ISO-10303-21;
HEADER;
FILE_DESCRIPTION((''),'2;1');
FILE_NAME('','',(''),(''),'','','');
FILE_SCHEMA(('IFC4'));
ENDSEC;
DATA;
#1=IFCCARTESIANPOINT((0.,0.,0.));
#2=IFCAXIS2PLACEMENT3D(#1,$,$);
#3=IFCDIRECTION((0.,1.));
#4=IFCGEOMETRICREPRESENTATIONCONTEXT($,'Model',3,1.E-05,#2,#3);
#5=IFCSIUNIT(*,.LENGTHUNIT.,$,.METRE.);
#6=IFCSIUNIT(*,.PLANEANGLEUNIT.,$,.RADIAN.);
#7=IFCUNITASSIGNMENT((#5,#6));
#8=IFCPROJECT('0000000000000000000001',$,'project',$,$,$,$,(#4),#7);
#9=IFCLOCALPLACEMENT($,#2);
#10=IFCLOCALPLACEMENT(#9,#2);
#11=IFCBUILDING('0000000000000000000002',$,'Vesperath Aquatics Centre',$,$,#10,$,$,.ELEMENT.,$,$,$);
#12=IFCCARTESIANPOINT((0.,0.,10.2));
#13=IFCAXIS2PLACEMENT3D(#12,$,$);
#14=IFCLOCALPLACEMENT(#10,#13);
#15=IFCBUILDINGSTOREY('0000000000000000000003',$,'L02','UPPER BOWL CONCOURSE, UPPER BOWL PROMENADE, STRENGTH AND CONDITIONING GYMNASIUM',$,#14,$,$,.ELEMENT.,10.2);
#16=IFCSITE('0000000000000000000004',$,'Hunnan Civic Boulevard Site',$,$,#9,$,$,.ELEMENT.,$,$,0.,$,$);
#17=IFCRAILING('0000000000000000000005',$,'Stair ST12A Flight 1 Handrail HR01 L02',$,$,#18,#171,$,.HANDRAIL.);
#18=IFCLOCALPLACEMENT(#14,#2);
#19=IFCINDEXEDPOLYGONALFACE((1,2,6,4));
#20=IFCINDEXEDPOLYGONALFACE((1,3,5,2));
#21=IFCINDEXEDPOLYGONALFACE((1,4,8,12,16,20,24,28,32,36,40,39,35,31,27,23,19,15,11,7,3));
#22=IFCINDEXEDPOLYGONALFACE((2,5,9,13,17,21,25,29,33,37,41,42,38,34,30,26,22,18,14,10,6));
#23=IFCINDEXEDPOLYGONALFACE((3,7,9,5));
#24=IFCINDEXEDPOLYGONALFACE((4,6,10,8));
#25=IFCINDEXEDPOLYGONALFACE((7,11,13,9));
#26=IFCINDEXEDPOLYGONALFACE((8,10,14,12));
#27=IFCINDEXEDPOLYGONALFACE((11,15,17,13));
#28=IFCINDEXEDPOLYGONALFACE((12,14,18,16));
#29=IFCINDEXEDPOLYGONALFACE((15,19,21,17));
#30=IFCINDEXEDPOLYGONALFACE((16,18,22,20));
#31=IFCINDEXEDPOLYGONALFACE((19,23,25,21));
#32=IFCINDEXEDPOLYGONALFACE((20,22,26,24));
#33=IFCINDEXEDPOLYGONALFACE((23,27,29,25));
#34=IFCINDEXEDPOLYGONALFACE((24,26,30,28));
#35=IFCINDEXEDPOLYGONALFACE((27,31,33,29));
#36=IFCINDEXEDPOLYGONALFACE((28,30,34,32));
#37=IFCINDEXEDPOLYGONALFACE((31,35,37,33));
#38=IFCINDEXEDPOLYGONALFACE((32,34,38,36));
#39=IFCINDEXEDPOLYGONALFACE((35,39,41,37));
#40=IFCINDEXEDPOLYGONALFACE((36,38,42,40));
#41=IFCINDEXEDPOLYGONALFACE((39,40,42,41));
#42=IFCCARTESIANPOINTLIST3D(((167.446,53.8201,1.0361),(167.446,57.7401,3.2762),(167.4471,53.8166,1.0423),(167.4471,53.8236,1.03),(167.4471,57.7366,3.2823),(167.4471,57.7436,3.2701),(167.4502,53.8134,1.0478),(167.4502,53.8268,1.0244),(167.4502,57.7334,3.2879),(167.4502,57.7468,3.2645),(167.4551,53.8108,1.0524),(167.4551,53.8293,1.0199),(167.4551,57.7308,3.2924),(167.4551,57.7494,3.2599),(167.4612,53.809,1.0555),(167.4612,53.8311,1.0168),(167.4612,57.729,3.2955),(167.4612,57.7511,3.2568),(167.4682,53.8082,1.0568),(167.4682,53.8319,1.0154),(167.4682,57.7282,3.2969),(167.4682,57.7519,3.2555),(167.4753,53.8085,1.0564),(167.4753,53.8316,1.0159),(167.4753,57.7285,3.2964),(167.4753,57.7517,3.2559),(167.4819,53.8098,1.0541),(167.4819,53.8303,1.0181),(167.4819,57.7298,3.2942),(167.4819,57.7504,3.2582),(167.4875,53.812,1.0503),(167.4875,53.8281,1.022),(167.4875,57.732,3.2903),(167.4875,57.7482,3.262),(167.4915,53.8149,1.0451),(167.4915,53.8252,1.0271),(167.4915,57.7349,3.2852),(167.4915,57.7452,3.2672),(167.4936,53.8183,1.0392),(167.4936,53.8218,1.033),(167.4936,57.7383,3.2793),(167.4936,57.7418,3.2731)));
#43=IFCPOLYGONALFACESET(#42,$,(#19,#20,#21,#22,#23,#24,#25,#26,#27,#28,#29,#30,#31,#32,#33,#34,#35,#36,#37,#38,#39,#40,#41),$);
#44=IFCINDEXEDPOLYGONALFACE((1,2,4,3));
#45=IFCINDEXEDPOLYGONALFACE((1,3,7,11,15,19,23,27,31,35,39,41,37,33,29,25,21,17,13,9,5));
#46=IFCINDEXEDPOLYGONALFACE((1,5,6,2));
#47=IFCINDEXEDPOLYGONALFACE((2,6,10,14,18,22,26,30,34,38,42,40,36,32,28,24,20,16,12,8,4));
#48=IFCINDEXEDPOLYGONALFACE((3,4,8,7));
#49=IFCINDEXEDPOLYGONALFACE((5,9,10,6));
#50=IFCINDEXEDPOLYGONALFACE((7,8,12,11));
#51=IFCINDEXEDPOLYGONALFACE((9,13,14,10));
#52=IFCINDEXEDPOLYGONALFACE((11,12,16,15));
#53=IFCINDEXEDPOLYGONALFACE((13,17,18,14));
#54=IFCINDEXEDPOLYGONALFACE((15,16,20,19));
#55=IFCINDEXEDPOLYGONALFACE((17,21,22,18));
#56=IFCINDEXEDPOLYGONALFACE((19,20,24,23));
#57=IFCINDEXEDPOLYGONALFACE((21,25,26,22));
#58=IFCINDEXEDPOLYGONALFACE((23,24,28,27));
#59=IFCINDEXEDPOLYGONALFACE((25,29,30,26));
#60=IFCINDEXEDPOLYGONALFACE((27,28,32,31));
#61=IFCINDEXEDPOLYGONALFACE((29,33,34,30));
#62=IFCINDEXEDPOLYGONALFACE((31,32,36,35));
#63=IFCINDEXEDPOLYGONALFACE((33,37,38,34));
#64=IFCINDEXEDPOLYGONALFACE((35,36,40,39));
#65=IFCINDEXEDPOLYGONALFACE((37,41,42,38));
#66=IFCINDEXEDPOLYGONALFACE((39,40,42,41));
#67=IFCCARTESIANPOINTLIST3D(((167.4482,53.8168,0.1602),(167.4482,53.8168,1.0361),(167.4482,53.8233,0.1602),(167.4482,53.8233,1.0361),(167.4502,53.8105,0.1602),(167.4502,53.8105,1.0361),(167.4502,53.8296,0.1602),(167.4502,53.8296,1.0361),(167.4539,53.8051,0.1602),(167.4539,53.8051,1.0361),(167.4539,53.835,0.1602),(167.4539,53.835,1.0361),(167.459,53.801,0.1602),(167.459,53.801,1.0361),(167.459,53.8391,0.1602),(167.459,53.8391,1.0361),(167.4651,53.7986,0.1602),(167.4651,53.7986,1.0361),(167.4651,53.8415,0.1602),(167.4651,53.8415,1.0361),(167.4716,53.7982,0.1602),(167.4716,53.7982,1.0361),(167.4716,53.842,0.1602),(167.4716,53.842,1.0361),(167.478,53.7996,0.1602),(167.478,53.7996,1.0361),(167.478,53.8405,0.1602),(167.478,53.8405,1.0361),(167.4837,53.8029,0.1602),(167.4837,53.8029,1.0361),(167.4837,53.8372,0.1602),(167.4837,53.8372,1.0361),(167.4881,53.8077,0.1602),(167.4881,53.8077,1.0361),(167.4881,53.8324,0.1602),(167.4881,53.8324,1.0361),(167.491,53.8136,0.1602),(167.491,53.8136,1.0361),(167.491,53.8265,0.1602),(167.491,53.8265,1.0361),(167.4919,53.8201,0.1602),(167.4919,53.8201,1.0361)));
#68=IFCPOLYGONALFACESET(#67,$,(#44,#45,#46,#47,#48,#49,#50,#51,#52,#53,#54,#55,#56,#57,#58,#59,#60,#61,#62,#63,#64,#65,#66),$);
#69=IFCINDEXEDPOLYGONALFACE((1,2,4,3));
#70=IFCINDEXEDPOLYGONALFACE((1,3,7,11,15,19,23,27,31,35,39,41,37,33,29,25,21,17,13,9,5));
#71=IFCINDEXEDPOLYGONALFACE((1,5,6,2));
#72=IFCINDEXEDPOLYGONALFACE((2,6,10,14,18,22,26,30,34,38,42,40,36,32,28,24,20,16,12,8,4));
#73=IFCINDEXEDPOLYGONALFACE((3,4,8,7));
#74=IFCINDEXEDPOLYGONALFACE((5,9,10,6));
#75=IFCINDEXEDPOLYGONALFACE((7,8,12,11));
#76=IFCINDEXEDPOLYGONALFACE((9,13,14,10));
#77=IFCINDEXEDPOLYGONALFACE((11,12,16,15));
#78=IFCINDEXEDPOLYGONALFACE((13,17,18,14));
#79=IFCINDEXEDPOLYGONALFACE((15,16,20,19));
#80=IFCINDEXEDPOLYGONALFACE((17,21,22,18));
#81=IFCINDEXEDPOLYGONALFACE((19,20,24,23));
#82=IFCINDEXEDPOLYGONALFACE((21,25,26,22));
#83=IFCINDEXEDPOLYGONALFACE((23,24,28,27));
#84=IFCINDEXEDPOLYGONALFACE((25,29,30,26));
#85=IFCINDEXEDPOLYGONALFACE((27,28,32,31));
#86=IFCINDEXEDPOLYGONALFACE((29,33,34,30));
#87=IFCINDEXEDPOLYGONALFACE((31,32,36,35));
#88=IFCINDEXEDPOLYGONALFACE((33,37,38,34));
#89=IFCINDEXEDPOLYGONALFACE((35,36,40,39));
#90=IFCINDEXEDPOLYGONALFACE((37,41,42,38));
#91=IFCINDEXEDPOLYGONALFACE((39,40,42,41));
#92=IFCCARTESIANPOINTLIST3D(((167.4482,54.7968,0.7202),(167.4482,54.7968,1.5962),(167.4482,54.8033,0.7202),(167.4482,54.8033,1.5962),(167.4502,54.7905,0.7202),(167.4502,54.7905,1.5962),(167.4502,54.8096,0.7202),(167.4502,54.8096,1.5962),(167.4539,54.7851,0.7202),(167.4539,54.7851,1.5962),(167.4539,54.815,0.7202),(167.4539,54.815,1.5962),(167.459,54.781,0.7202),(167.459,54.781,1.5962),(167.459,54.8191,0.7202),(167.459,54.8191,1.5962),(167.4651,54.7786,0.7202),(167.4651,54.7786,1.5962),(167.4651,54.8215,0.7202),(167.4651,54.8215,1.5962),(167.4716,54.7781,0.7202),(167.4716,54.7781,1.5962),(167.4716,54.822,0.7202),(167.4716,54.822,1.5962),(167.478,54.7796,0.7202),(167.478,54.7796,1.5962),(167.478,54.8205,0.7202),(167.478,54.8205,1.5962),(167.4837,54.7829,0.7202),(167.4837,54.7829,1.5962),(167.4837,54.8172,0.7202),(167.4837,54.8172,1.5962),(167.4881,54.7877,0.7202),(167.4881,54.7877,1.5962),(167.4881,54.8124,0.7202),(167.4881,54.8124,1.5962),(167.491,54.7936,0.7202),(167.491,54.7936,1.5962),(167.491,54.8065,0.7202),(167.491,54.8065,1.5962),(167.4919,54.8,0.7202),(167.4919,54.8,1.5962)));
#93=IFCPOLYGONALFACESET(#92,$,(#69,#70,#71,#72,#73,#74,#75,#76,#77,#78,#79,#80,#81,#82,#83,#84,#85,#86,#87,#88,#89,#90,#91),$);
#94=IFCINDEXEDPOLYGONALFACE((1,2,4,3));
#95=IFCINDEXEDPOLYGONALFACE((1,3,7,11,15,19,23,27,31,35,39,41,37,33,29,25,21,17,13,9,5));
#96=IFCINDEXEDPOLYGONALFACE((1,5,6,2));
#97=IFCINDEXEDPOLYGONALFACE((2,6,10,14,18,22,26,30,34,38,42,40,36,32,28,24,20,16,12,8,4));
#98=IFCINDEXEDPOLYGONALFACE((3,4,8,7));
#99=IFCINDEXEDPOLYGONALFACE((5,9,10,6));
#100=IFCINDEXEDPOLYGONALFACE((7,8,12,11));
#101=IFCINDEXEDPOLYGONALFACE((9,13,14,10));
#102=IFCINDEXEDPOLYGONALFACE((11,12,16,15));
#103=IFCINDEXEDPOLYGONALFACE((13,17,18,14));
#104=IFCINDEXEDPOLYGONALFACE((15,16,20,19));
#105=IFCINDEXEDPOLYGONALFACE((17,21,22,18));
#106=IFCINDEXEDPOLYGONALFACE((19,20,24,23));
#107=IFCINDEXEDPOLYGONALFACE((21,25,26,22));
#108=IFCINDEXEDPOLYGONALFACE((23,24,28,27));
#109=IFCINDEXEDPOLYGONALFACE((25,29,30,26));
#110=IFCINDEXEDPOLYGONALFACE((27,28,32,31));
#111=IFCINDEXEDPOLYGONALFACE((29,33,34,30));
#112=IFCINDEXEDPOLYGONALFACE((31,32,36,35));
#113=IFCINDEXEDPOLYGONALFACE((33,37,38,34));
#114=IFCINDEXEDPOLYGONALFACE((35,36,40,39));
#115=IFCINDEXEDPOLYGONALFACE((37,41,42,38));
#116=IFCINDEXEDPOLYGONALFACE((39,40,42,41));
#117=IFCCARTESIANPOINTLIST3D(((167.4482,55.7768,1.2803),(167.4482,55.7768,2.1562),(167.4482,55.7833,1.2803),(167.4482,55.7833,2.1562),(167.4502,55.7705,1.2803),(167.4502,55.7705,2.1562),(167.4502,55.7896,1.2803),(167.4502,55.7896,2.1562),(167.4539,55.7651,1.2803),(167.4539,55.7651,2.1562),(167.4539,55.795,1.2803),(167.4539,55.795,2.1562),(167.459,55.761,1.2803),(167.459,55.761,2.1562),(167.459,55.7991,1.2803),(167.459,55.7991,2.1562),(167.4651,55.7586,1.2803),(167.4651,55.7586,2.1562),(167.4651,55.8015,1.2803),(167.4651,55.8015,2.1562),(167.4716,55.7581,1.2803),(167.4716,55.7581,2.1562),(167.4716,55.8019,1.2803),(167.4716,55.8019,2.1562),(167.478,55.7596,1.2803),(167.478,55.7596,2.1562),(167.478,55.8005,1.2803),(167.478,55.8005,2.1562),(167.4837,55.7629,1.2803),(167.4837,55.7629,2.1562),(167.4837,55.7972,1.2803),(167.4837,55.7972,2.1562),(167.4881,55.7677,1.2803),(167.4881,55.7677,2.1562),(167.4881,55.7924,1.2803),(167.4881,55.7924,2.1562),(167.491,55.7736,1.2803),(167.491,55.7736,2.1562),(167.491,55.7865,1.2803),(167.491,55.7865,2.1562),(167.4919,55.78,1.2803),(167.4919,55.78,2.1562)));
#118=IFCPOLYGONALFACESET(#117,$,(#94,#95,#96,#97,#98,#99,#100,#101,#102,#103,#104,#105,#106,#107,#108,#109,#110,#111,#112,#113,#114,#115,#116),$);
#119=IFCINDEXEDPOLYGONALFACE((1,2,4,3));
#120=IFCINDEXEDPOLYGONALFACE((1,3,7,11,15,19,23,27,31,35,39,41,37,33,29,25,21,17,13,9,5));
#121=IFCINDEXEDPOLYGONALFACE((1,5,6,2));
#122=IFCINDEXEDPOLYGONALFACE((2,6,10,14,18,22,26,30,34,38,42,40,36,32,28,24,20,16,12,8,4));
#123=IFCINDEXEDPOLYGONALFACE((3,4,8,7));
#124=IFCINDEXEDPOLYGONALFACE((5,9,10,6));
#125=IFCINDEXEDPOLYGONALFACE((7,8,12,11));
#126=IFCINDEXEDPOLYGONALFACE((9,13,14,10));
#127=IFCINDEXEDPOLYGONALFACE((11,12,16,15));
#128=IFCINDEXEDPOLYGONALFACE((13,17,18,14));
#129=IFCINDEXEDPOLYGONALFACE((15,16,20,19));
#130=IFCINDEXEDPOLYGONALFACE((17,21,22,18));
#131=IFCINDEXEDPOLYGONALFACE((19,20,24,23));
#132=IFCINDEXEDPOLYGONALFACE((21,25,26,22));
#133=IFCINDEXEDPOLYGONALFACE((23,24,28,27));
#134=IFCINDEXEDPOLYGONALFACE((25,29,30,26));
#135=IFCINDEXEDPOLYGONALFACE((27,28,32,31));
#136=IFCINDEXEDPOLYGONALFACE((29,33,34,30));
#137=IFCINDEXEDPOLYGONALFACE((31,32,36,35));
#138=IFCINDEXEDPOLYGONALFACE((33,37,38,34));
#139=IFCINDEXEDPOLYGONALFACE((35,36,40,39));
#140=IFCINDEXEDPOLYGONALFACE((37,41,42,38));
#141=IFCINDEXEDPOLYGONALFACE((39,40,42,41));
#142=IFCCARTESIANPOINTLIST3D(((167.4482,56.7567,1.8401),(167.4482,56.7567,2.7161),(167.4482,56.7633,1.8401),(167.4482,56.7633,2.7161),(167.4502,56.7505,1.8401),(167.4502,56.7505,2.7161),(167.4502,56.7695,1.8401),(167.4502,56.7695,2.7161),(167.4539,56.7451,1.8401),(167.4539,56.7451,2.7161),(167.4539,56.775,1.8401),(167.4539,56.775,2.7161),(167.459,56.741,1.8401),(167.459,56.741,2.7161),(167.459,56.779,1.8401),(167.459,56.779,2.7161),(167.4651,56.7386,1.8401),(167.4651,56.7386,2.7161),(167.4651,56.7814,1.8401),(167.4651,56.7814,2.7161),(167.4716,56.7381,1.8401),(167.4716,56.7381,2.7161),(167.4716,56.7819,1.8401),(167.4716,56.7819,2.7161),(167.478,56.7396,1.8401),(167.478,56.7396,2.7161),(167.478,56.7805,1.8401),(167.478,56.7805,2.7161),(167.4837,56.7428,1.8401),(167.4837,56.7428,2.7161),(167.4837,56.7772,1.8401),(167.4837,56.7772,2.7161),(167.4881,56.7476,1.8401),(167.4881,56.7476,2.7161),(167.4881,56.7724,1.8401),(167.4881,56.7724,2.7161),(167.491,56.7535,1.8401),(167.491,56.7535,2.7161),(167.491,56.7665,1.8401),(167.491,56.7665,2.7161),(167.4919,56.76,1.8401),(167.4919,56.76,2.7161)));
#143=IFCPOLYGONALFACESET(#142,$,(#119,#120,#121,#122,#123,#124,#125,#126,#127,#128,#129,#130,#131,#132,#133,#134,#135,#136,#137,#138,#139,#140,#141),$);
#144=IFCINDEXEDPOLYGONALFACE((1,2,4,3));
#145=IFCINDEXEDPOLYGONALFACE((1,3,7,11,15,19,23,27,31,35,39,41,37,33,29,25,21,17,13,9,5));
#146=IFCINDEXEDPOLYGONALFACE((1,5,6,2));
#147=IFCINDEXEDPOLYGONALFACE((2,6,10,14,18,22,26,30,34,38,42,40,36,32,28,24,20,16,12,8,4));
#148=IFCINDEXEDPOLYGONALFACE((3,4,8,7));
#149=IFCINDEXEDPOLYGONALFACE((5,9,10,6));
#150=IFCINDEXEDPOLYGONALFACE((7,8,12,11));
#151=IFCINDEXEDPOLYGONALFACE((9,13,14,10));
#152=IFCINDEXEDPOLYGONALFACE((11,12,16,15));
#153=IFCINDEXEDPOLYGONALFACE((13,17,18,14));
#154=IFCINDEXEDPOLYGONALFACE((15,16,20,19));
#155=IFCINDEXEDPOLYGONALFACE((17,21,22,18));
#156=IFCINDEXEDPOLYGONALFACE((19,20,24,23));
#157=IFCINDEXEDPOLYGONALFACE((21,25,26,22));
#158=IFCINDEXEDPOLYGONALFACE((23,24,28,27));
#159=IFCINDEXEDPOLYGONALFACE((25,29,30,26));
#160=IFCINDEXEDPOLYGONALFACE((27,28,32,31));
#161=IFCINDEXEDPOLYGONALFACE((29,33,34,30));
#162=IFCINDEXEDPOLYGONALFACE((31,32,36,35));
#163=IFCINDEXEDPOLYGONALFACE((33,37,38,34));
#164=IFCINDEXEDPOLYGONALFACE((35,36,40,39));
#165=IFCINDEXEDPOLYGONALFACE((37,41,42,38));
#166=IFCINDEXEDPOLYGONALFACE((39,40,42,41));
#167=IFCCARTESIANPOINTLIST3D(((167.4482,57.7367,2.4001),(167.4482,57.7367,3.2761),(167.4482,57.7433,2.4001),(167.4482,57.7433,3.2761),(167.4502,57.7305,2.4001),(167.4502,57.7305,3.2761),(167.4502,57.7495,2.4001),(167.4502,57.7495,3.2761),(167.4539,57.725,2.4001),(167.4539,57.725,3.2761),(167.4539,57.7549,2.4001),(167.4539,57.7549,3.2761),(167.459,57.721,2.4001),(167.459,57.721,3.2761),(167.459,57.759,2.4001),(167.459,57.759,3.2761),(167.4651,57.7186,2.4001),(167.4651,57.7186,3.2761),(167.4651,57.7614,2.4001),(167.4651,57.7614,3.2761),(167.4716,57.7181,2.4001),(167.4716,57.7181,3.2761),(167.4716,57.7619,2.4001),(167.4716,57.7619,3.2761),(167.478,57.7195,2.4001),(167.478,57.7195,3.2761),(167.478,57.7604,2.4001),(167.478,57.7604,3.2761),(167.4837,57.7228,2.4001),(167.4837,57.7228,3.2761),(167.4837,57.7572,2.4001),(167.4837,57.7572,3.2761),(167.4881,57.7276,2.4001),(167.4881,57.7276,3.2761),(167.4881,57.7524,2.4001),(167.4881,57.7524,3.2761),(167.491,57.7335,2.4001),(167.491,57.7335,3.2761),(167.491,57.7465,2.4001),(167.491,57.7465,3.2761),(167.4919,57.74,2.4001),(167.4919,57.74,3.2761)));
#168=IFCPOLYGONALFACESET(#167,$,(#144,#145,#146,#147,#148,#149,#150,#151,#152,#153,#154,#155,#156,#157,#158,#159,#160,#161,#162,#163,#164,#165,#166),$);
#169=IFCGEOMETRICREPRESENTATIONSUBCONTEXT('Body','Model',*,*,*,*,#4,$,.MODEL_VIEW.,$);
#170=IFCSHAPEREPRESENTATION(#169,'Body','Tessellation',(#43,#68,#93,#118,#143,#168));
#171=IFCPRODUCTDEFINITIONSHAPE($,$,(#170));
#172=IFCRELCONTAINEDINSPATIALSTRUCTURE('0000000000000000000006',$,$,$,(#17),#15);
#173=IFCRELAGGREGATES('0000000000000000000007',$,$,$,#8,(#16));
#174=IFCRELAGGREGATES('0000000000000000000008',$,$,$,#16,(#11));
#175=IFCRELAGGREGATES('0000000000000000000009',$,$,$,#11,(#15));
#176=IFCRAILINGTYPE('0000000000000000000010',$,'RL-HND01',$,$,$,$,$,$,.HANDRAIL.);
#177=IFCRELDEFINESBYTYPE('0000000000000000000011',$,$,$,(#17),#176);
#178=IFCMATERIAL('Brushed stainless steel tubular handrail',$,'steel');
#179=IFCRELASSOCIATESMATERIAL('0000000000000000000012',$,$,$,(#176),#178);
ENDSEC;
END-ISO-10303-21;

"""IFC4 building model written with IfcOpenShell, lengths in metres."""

from ifc_helpers import new_model, si_unit, direction, frame, origin, origin_2d, place, context, subcontext, project, spatial, circle, extrude, material, type_object, element, save


model = new_model("IFC4")

# Units and contexts
model_context = context("Model", 3, precision=1e-05, world=origin(), true_north=direction((0.0, 1.0)))
body_context = subcontext(model_context, "Body", "Model", "MODEL_VIEW")
ifc_project = project(units=[si_unit("LENGTHUNIT", "METRE"), si_unit("PLANEANGLEUNIT", "RADIAN")], contexts=[model_context])

# Site, building, storey
site_placement = place(None, origin())
site = spatial("IfcSite", under=ifc_project, at=site_placement, Name="Hunnan Civic Boulevard Site", CompositionType="ELEMENT", RefElevation=0.0)
building_placement = place(site_placement, origin())
building = spatial("IfcBuilding", under=site, at=building_placement, Name="Vesperath Aquatics Centre", CompositionType="ELEMENT")
storey_placement = place(building_placement, frame((0.0, 0.0, 10.2)))
storey = spatial("IfcBuildingStorey", under=building, at=storey_placement, Name="L02", Description="UPPER BOWL CONCOURSE, UPPER BOWL PROMENADE, STRENGTH AND CONDITIONING GYMNASIUM", CompositionType="ELEMENT", Elevation=10.2)

# Railing
ifc_material_1 = material(Name="Brushed stainless steel tubular handrail", Category="steel")
railing_type_1 = type_object("IfcRailingType", Name="RL-HND01", PredefinedType="HANDRAIL", material=ifc_material_1)
railing_1_placement = place(storey_placement, frame((167.47, 53.8201, 0.1602)))
element("IfcRailing", 1, at=railing_1_placement, inside=storey, type_object=railing_type_1, Name="Stair ST12A Flight 1 Handrail HR01 L02", PredefinedType="HANDRAIL", context=body_context, shape_type="SweptSolid", body=[
    extrude(circle(Radius=0.0239, at=origin_2d()), frame((0.0, 0.0, 0.876), z_axis=(0.0, 0.86824, 0.496145), x_axis=(-1.0, 0.0, 0.0)), (0.0, 0.0, 1.0), 4.5149),
    extrude(circle(Radius=0.022, at=origin_2d()), origin(), (0.0, 0.0, 1.0), 0.876),
    extrude(circle(Radius=0.022, at=origin_2d()), frame((0.0, 0.98, 0.5601)), (0.0, 0.0, 1.0), 0.876),
    extrude(circle(Radius=0.022, at=origin_2d()), frame((0.0, 1.96, 1.1201)), (0.0, 0.0, 1.0), 0.876),
    extrude(circle(Radius=0.022, at=origin_2d()), frame((0.0, 2.9399, 1.6799)), (0.0, 0.0, 1.0), 0.876),
    extrude(circle(Radius=0.022, at=origin_2d()), frame((0.0, 3.9199, 2.24)), (0.0, 0.0, 1.0), 0.876),
])

save(model, "model.ifc")
